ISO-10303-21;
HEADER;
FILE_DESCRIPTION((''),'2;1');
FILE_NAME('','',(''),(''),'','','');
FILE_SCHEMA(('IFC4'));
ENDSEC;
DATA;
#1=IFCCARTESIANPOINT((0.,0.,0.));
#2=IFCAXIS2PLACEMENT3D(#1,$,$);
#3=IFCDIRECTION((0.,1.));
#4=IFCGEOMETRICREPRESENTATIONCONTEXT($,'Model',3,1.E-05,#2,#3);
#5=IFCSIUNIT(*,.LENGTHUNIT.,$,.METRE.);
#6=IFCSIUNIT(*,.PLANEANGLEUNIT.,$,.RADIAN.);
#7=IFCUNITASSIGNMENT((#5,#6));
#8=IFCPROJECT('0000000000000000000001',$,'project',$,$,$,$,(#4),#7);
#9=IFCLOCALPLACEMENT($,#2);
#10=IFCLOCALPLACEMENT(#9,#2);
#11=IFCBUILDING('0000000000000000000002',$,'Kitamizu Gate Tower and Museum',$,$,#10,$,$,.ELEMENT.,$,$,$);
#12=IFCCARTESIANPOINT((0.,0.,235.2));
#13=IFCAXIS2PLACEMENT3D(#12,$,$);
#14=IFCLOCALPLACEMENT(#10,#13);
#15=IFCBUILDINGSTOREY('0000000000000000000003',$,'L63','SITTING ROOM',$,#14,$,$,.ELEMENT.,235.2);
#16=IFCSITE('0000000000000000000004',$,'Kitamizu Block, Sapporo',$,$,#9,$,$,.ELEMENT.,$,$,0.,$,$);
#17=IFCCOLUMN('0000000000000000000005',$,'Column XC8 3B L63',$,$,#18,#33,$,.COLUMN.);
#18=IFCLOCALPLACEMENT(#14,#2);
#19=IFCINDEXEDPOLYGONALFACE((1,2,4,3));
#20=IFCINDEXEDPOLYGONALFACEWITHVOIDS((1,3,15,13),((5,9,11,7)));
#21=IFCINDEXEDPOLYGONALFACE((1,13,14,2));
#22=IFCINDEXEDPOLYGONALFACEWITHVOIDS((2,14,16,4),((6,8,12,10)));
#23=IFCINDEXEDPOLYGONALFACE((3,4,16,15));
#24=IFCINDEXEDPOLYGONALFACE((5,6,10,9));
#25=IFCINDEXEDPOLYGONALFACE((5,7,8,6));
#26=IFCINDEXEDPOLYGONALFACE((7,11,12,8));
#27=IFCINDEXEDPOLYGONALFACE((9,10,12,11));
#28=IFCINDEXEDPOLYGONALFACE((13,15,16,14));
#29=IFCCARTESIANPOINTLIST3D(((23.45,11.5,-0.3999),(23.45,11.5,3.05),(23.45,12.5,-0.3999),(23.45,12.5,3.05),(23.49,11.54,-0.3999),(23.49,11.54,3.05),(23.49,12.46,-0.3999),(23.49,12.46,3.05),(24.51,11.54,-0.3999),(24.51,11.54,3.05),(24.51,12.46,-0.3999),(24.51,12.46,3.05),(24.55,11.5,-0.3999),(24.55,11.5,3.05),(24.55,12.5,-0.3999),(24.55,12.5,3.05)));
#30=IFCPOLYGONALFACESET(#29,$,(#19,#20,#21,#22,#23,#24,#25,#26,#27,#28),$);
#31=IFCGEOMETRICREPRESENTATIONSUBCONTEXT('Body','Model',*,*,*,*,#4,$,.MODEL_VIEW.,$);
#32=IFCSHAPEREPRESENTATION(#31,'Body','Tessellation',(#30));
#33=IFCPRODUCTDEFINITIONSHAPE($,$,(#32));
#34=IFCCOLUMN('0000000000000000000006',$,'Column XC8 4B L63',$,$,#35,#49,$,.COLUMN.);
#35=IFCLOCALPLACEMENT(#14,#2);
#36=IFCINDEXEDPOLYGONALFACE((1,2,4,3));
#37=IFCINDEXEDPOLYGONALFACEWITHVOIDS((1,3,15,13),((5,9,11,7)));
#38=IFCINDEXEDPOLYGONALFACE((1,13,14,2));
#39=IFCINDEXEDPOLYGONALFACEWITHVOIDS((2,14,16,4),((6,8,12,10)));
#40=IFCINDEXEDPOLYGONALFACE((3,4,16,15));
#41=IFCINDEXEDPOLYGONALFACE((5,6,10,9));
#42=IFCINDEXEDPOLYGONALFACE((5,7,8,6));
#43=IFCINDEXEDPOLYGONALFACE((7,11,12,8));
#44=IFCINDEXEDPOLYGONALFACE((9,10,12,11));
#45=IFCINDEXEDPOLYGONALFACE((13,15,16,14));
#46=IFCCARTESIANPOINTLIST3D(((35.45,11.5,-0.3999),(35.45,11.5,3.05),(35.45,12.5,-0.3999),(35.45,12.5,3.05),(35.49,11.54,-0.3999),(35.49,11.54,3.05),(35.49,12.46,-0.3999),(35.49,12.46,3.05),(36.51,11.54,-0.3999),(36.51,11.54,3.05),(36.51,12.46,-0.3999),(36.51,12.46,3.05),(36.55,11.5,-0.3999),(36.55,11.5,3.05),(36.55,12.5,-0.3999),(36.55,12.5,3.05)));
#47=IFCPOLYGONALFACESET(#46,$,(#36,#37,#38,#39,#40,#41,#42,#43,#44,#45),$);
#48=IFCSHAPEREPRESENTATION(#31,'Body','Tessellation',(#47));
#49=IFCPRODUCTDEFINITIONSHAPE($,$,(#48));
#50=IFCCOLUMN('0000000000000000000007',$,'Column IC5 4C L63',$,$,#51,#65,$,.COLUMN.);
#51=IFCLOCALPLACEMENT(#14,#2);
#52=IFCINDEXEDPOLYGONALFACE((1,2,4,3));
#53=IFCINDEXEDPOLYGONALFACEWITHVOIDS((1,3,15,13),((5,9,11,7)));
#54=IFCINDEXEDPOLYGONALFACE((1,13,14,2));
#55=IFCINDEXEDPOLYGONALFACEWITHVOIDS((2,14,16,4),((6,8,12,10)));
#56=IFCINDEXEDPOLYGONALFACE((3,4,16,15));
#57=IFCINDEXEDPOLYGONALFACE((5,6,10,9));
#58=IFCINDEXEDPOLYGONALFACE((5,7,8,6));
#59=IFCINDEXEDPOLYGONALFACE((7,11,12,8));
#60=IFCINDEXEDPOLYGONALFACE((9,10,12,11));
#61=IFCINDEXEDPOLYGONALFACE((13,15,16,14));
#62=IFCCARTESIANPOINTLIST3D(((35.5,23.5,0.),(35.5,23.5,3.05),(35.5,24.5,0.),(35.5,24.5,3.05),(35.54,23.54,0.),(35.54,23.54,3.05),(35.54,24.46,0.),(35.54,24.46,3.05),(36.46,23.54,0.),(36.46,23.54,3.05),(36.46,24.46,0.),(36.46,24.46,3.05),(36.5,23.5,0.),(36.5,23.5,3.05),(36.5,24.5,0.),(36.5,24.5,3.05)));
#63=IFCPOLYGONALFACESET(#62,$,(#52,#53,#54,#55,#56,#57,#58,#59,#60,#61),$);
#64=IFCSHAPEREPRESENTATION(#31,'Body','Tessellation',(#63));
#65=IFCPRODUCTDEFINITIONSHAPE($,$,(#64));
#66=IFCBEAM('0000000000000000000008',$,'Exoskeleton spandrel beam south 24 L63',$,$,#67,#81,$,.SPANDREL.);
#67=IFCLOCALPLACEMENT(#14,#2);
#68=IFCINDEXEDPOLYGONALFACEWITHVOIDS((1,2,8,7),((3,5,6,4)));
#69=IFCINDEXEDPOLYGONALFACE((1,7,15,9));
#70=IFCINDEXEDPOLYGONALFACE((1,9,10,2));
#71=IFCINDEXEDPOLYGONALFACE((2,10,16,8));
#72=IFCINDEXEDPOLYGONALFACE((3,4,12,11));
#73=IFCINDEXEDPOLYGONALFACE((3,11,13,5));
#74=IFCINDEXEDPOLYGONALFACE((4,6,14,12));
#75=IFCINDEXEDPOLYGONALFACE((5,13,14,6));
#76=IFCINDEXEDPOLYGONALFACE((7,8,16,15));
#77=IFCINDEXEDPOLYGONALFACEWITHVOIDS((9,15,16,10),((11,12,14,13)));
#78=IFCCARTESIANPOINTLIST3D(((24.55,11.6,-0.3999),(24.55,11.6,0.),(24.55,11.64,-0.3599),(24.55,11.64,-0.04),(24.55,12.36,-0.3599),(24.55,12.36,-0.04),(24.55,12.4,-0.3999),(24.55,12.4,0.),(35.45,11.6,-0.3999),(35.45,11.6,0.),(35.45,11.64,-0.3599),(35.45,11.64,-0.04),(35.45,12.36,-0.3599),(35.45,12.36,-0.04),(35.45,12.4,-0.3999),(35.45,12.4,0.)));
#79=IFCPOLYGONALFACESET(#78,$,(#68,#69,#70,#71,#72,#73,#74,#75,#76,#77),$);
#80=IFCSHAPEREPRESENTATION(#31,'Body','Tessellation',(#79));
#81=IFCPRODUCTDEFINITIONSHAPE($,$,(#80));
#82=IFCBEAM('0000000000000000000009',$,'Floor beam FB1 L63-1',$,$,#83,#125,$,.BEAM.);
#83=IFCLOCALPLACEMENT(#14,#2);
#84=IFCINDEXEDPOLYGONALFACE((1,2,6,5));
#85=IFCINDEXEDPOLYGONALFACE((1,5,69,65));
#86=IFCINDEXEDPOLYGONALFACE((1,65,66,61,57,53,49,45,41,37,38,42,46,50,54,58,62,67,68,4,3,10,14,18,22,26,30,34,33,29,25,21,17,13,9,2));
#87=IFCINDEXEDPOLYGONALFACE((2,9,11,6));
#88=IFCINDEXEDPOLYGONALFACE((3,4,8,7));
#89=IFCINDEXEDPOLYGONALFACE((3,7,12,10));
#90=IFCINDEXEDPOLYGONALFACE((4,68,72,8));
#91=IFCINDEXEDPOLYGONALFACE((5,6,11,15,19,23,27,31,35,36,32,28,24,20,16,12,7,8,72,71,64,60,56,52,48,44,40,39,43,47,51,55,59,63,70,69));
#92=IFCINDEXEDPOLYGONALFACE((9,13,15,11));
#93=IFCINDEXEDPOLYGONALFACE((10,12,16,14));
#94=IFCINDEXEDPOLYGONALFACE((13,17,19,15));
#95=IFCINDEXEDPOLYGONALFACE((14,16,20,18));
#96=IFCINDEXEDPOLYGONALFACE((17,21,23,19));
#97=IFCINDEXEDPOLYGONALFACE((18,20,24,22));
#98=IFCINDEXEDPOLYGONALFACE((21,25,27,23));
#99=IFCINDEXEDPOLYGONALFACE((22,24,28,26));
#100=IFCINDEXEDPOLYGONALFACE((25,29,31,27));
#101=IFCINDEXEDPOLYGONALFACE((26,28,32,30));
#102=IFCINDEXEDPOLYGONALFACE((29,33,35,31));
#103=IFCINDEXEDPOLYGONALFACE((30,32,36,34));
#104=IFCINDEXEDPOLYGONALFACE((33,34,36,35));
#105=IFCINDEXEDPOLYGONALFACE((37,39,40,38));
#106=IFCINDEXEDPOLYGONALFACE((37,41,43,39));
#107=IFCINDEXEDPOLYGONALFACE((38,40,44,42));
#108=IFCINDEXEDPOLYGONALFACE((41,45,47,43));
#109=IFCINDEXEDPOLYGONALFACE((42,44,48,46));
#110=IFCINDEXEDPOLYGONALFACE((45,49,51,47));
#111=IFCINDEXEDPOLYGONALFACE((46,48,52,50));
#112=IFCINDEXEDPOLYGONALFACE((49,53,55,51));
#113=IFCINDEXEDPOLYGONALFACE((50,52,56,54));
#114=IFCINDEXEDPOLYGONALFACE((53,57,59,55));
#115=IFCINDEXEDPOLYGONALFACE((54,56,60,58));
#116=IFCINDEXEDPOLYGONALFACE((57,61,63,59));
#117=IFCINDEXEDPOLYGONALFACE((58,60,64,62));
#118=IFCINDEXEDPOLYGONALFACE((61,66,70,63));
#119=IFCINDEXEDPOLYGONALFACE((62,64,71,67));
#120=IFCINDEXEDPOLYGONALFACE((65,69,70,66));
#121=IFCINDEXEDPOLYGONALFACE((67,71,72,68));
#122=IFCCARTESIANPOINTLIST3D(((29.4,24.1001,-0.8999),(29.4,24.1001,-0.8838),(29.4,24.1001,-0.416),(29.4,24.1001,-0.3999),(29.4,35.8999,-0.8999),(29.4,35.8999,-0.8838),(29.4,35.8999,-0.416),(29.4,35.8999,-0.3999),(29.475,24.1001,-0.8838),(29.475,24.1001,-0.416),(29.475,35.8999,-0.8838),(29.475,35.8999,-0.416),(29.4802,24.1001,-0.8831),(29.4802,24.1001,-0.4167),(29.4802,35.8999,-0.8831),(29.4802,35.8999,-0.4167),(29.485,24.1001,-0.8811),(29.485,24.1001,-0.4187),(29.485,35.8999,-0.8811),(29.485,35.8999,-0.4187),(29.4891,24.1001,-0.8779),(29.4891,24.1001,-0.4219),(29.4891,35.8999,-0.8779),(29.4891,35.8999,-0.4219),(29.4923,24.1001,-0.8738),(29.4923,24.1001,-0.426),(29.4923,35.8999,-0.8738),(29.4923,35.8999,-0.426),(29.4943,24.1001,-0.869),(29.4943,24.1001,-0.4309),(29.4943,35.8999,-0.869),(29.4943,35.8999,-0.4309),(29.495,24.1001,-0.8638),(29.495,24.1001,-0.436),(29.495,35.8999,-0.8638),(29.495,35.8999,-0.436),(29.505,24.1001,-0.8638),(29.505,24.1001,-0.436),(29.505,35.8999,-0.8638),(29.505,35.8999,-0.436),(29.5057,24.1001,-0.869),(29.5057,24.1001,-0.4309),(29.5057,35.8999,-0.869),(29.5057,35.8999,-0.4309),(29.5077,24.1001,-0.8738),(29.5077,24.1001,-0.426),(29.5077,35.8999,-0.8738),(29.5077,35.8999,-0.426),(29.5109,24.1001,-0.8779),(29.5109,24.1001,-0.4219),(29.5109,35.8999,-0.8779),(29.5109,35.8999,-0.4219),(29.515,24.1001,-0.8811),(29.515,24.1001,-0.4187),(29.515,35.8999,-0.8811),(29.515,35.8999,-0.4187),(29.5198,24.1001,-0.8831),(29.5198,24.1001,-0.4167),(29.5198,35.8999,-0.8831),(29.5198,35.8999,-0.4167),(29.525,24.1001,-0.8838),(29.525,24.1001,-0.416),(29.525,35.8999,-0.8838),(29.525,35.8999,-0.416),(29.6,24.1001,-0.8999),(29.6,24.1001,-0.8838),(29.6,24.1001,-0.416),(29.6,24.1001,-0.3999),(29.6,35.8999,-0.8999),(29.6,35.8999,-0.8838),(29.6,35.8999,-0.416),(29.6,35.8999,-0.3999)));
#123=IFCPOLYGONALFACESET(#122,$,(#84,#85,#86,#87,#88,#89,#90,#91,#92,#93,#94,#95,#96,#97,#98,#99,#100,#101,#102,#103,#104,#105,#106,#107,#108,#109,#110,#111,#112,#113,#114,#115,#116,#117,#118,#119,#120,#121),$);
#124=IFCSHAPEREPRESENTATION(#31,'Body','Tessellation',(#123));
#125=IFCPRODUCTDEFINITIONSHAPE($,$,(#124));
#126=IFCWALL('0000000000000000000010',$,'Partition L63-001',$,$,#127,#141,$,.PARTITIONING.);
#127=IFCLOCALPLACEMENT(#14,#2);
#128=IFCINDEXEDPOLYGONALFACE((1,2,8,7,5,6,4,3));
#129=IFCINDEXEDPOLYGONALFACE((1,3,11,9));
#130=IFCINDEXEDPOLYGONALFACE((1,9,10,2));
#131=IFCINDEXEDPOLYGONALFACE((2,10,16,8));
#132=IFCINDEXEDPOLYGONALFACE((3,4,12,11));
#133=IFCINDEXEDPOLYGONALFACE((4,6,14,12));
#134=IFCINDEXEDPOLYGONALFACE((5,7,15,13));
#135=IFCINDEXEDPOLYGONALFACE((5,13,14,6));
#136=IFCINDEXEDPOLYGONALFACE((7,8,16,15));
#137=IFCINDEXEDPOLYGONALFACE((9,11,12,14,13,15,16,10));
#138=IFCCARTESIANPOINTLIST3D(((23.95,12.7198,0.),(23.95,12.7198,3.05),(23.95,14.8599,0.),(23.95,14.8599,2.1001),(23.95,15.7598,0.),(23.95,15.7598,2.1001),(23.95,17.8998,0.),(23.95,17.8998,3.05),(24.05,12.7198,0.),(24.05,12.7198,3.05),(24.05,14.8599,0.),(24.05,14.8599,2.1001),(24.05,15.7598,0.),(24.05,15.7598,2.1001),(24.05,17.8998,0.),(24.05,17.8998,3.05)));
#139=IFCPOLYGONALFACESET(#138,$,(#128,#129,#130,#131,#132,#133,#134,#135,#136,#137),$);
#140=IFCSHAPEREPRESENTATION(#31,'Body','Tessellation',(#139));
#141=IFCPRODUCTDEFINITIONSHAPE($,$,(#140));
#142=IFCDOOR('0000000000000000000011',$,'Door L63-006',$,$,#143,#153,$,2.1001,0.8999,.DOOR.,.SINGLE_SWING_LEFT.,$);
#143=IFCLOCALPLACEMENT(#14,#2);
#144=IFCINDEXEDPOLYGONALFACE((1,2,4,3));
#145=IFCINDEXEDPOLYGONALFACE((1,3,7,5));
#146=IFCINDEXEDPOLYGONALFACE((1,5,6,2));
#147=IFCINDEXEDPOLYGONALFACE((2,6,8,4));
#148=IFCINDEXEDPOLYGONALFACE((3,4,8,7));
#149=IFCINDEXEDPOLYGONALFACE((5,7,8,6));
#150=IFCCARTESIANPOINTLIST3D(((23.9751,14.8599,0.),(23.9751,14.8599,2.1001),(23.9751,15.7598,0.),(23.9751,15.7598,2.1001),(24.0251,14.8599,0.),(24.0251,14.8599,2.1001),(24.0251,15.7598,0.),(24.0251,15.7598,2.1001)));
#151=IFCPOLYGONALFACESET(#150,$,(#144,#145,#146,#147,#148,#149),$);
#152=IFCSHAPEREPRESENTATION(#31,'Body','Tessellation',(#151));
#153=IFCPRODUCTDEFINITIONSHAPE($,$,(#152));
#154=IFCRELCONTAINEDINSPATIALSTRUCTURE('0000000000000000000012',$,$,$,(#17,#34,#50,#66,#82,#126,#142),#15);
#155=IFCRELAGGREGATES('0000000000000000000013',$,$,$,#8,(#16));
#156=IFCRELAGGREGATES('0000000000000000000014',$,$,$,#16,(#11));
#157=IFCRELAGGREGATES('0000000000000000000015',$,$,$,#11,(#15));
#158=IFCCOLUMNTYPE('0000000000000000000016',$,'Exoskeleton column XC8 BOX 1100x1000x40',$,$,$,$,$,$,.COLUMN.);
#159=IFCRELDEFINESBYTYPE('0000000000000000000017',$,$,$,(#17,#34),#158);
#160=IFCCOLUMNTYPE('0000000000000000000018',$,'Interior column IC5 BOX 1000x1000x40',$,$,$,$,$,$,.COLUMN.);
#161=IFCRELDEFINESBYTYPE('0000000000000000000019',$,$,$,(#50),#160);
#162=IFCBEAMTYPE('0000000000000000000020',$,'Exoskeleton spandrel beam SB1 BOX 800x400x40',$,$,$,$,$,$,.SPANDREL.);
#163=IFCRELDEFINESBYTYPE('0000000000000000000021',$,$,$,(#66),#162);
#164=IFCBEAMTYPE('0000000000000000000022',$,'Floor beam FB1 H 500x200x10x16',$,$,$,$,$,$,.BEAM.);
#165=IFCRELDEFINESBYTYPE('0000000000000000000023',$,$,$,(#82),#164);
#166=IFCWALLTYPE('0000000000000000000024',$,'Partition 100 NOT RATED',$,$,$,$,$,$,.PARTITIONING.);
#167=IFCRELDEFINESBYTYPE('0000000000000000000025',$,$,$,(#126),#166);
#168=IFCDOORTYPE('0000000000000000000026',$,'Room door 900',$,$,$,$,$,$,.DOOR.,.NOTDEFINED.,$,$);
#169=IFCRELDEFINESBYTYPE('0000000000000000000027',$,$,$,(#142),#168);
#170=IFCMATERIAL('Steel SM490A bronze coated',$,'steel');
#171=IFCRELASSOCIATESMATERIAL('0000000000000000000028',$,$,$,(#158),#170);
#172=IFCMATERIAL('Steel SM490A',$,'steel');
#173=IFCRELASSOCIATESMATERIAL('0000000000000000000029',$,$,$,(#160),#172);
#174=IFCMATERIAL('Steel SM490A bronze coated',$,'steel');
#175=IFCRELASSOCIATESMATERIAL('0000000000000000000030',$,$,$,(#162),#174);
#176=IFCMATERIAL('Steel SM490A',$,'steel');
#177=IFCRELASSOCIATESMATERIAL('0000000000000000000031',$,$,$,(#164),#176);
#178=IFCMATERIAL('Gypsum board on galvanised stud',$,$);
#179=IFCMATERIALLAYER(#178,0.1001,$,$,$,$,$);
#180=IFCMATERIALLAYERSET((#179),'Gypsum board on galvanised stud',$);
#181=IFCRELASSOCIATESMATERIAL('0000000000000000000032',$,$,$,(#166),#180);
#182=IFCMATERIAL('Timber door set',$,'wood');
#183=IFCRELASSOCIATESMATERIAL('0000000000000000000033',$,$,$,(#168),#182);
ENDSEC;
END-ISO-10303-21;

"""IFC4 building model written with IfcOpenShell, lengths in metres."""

from ifc_helpers import new_model, si_unit, direction, frame, frame_2d, origin, origin_2d, place, context, subcontext, project, spatial, rectangle, hollow_rectangle, i_section, extrude, material, layer, layer_set, material_profile, profile_set, type_object, element, fill, save


model = new_model("IFC4")

# Units and contexts
model_context = context("Model", 3, precision=1e-05, world=origin(), true_north=direction((0.0, 1.0)))
body_context = subcontext(model_context, "Body", "Model", "MODEL_VIEW")
ifc_project = project(units=[si_unit("LENGTHUNIT", "METRE"), si_unit("PLANEANGLEUNIT", "RADIAN")], contexts=[model_context])

# Site, building, storey
site_placement = place(None, origin())
site = spatial("IfcSite", under=ifc_project, at=site_placement, Name="Kitamizu Block, Sapporo", CompositionType="ELEMENT", RefElevation=0.0)
building_placement = place(site_placement, origin())
building = spatial("IfcBuilding", under=site, at=building_placement, Name="Kitamizu Gate Tower and Museum", CompositionType="ELEMENT")
storey_placement = place(building_placement, frame((0.0, 0.0, 235.2)))
storey = spatial("IfcBuildingStorey", under=building, at=storey_placement, Name="L63", Description="SITTING ROOM", CompositionType="ELEMENT", Elevation=235.2)

# Columns
ifc_material_1 = material(Name="Steel SM490A bronze coated", Category="steel")
ifc_material_profile_1 = material_profile(ifc_material_1, hollow_rectangle(XDim=1.1001, YDim=1.0, WallThickness=0.04, at=origin_2d()), Name="BOX 1100x1000x40")
ifc_profile_set_1 = profile_set([ifc_material_profile_1], Name="Steel SM490A bronze coated")
column_type_1 = type_object("IfcColumnType", Name="Exoskeleton column XC8 BOX 1100x1000x40", PredefinedType="COLUMN", material=ifc_profile_set_1)
for number, where, z_axis, x_axis, name in (
    (1, (24.0, 12.0, -0.3999), (0.0, 0.0, 1.0), (1.0, 0.0, 0.0), "Column XC8 3B L63"),
    (2, (36.0, 12.0, -0.3999), (0.0, 0.0, 1.0), (1.0, 0.0, 0.0), "Column XC8 4B L63"),
):
    element("IfcColumn", number, at=place(storey_placement, frame(where, z_axis=z_axis, x_axis=x_axis)), inside=storey, type_object=column_type_1, Name=name, PredefinedType="COLUMN", context=body_context, shape_type="SweptSolid", body=[
        extrude(hollow_rectangle(XDim=1.1001, YDim=1.0, WallThickness=0.04, at=origin_2d()), origin(), (0.0, 0.0, 1.0), 3.45),
    ])
ifc_material_2 = material(Name="Steel SM490A", Category="steel")
ifc_material_profile_2 = material_profile(ifc_material_2, hollow_rectangle(XDim=1.0, YDim=1.0, WallThickness=0.04, at=origin_2d()), Name="BOX 1000x1000x40")
ifc_profile_set_2 = profile_set([ifc_material_profile_2], Name="Steel SM490A")
column_type_2 = type_object("IfcColumnType", Name="Interior column IC5 BOX 1000x1000x40", PredefinedType="COLUMN", material=ifc_profile_set_2)
column_placement = place(storey_placement, frame((36.0, 24.0, 0.0), z_axis=(0.0, 0.0, 1.0), x_axis=(1.0, 0.0, 0.0)))
element("IfcColumn", 3, at=column_placement, inside=storey, type_object=column_type_2, Name="Column IC5 4C L63", PredefinedType="COLUMN", context=body_context, shape_type="SweptSolid", body=[
    extrude(hollow_rectangle(XDim=1.0, YDim=1.0, WallThickness=0.04, at=origin_2d()), origin(), (0.0, 0.0, 1.0), 3.05),
])

# Beams
ifc_material_3 = material(Name="Steel SM490A bronze coated", Category="steel")
ifc_material_profile_3 = material_profile(ifc_material_3, hollow_rectangle(XDim=0.8, YDim=0.3999, WallThickness=0.04, at=origin_2d()), Name="BOX 800x400x40")
ifc_profile_set_3 = profile_set([ifc_material_profile_3], Name="Steel SM490A bronze coated")
beam_type_1 = type_object("IfcBeamType", Name="Exoskeleton spandrel beam SB1 BOX 800x400x40", PredefinedType="SPANDREL", material=ifc_profile_set_3)
beam_1_placement = place(storey_placement, frame((24.55, 12.0, -0.2), z_axis=(1.0, 0.0, 0.0), x_axis=(0.0, 1.0, 0.0)))
element("IfcBeam", 4, at=beam_1_placement, inside=storey, type_object=beam_type_1, Name="Exoskeleton spandrel beam south 24 L63", PredefinedType="SPANDREL", context=body_context, shape_type="SweptSolid", body=[
    extrude(hollow_rectangle(XDim=0.8, YDim=0.3999, WallThickness=0.04, at=origin_2d()), origin(), (0.0, 0.0, 1.0), 10.8999),
])
ifc_material_4 = material(Name="Steel SM490A", Category="steel")
ifc_material_profile_4 = material_profile(ifc_material_4, i_section(OverallWidth=0.2, OverallDepth=0.5, WebThickness=0.01, FlangeThickness=0.0161, FilletRadius=0.02, at=origin_2d()), Name="H-500x200x10x16")
ifc_profile_set_4 = profile_set([ifc_material_profile_4], Name="Steel SM490A")
beam_type_2 = type_object("IfcBeamType", Name="Floor beam FB1 H 500x200x10x16", PredefinedType="BEAM", material=ifc_profile_set_4)
beam_2_placement = place(storey_placement, frame((29.5, 24.1001, -0.6499), z_axis=(0.0, 1.0, 0.0), x_axis=(-1.0, 0.0, 0.0)))
element("IfcBeam", 5, at=beam_2_placement, inside=storey, type_object=beam_type_2, Name="Floor beam FB1 L63-1", PredefinedType="BEAM", context=body_context, shape_type="SweptSolid", body=[
    extrude(i_section(OverallWidth=0.2, OverallDepth=0.5, WebThickness=0.01, FlangeThickness=0.0161, FilletRadius=0.02, at=origin_2d()), origin(), (0.0, 0.0, 1.0), 11.7998),
])

# Wall, opening, door
ifc_material_5 = material(Name="Gypsum board on galvanised stud")
ifc_layer_1 = layer(ifc_material_5, 0.1001)
ifc_layer_set_1 = layer_set([ifc_layer_1], Name="Gypsum board on galvanised stud")
wall_type_1 = type_object("IfcWallType", Name="Partition 100 NOT RATED", PredefinedType="PARTITIONING", material=ifc_layer_set_1)
wall_1_placement = place(storey_placement, frame((24.0, 12.72, 0.0), z_axis=(0.0, 0.0, 1.0), x_axis=(0.0, 1.0, 0.0)))
wall_1 = element("IfcWall", 6, at=wall_1_placement, inside=storey, type_object=wall_type_1, Name="Partition L63-001", PredefinedType="PARTITIONING", context=body_context, shape_type="SweptSolid", body=[
    extrude(rectangle(XDim=5.1799, YDim=0.1001, at=frame_2d((2.5898, 0.0))), origin(), (0.0, 0.0, 1.0), 3.05),
])
opening_1_placement = place(wall_1_placement, frame((2.1399, 0.0, 0.0)))
opening_1 = element("IfcOpeningElement", 7, at=opening_1_placement, cuts=wall_1, PredefinedType="OPENING", context=body_context, shape_type="SweptSolid", body=[
    extrude(rectangle(XDim=0.8999, YDim=2.1001, at=frame_2d((0.45, 1.05))), frame((0.0, 0.0601, 0.0), z_axis=(0.0, -1.0, 0.0), x_axis=(1.0, 0.0, 0.0)), (0.0, 0.0, 1.0), 0.1201),
])
ifc_material_6 = material(Name="Timber door set", Category="wood")
door_type_1 = type_object("IfcDoorType", Name="Room door 900", OperationType="NOTDEFINED", PredefinedType="DOOR", material=ifc_material_6)
door_1_placement = place(opening_1_placement, origin())
door_1 = element("IfcDoor", 8, at=door_1_placement, inside=storey, type_object=door_type_1, Name="Door L63-006", OperationType="SINGLE_SWING_LEFT", OverallHeight=2.1001, OverallWidth=0.8999, PredefinedType="DOOR", context=body_context, shape_type="SweptSolid", body=[
    extrude(rectangle(XDim=0.8999, YDim=2.1001, at=frame_2d((0.45, 1.05))), frame((0.0, 0.0249, 0.0), z_axis=(0.0, -1.0, 0.0), x_axis=(1.0, 0.0, 0.0)), (0.0, 0.0, 1.0), 0.05),
])
fill(opening_1, door_1)

save(model, "model.ifc")
